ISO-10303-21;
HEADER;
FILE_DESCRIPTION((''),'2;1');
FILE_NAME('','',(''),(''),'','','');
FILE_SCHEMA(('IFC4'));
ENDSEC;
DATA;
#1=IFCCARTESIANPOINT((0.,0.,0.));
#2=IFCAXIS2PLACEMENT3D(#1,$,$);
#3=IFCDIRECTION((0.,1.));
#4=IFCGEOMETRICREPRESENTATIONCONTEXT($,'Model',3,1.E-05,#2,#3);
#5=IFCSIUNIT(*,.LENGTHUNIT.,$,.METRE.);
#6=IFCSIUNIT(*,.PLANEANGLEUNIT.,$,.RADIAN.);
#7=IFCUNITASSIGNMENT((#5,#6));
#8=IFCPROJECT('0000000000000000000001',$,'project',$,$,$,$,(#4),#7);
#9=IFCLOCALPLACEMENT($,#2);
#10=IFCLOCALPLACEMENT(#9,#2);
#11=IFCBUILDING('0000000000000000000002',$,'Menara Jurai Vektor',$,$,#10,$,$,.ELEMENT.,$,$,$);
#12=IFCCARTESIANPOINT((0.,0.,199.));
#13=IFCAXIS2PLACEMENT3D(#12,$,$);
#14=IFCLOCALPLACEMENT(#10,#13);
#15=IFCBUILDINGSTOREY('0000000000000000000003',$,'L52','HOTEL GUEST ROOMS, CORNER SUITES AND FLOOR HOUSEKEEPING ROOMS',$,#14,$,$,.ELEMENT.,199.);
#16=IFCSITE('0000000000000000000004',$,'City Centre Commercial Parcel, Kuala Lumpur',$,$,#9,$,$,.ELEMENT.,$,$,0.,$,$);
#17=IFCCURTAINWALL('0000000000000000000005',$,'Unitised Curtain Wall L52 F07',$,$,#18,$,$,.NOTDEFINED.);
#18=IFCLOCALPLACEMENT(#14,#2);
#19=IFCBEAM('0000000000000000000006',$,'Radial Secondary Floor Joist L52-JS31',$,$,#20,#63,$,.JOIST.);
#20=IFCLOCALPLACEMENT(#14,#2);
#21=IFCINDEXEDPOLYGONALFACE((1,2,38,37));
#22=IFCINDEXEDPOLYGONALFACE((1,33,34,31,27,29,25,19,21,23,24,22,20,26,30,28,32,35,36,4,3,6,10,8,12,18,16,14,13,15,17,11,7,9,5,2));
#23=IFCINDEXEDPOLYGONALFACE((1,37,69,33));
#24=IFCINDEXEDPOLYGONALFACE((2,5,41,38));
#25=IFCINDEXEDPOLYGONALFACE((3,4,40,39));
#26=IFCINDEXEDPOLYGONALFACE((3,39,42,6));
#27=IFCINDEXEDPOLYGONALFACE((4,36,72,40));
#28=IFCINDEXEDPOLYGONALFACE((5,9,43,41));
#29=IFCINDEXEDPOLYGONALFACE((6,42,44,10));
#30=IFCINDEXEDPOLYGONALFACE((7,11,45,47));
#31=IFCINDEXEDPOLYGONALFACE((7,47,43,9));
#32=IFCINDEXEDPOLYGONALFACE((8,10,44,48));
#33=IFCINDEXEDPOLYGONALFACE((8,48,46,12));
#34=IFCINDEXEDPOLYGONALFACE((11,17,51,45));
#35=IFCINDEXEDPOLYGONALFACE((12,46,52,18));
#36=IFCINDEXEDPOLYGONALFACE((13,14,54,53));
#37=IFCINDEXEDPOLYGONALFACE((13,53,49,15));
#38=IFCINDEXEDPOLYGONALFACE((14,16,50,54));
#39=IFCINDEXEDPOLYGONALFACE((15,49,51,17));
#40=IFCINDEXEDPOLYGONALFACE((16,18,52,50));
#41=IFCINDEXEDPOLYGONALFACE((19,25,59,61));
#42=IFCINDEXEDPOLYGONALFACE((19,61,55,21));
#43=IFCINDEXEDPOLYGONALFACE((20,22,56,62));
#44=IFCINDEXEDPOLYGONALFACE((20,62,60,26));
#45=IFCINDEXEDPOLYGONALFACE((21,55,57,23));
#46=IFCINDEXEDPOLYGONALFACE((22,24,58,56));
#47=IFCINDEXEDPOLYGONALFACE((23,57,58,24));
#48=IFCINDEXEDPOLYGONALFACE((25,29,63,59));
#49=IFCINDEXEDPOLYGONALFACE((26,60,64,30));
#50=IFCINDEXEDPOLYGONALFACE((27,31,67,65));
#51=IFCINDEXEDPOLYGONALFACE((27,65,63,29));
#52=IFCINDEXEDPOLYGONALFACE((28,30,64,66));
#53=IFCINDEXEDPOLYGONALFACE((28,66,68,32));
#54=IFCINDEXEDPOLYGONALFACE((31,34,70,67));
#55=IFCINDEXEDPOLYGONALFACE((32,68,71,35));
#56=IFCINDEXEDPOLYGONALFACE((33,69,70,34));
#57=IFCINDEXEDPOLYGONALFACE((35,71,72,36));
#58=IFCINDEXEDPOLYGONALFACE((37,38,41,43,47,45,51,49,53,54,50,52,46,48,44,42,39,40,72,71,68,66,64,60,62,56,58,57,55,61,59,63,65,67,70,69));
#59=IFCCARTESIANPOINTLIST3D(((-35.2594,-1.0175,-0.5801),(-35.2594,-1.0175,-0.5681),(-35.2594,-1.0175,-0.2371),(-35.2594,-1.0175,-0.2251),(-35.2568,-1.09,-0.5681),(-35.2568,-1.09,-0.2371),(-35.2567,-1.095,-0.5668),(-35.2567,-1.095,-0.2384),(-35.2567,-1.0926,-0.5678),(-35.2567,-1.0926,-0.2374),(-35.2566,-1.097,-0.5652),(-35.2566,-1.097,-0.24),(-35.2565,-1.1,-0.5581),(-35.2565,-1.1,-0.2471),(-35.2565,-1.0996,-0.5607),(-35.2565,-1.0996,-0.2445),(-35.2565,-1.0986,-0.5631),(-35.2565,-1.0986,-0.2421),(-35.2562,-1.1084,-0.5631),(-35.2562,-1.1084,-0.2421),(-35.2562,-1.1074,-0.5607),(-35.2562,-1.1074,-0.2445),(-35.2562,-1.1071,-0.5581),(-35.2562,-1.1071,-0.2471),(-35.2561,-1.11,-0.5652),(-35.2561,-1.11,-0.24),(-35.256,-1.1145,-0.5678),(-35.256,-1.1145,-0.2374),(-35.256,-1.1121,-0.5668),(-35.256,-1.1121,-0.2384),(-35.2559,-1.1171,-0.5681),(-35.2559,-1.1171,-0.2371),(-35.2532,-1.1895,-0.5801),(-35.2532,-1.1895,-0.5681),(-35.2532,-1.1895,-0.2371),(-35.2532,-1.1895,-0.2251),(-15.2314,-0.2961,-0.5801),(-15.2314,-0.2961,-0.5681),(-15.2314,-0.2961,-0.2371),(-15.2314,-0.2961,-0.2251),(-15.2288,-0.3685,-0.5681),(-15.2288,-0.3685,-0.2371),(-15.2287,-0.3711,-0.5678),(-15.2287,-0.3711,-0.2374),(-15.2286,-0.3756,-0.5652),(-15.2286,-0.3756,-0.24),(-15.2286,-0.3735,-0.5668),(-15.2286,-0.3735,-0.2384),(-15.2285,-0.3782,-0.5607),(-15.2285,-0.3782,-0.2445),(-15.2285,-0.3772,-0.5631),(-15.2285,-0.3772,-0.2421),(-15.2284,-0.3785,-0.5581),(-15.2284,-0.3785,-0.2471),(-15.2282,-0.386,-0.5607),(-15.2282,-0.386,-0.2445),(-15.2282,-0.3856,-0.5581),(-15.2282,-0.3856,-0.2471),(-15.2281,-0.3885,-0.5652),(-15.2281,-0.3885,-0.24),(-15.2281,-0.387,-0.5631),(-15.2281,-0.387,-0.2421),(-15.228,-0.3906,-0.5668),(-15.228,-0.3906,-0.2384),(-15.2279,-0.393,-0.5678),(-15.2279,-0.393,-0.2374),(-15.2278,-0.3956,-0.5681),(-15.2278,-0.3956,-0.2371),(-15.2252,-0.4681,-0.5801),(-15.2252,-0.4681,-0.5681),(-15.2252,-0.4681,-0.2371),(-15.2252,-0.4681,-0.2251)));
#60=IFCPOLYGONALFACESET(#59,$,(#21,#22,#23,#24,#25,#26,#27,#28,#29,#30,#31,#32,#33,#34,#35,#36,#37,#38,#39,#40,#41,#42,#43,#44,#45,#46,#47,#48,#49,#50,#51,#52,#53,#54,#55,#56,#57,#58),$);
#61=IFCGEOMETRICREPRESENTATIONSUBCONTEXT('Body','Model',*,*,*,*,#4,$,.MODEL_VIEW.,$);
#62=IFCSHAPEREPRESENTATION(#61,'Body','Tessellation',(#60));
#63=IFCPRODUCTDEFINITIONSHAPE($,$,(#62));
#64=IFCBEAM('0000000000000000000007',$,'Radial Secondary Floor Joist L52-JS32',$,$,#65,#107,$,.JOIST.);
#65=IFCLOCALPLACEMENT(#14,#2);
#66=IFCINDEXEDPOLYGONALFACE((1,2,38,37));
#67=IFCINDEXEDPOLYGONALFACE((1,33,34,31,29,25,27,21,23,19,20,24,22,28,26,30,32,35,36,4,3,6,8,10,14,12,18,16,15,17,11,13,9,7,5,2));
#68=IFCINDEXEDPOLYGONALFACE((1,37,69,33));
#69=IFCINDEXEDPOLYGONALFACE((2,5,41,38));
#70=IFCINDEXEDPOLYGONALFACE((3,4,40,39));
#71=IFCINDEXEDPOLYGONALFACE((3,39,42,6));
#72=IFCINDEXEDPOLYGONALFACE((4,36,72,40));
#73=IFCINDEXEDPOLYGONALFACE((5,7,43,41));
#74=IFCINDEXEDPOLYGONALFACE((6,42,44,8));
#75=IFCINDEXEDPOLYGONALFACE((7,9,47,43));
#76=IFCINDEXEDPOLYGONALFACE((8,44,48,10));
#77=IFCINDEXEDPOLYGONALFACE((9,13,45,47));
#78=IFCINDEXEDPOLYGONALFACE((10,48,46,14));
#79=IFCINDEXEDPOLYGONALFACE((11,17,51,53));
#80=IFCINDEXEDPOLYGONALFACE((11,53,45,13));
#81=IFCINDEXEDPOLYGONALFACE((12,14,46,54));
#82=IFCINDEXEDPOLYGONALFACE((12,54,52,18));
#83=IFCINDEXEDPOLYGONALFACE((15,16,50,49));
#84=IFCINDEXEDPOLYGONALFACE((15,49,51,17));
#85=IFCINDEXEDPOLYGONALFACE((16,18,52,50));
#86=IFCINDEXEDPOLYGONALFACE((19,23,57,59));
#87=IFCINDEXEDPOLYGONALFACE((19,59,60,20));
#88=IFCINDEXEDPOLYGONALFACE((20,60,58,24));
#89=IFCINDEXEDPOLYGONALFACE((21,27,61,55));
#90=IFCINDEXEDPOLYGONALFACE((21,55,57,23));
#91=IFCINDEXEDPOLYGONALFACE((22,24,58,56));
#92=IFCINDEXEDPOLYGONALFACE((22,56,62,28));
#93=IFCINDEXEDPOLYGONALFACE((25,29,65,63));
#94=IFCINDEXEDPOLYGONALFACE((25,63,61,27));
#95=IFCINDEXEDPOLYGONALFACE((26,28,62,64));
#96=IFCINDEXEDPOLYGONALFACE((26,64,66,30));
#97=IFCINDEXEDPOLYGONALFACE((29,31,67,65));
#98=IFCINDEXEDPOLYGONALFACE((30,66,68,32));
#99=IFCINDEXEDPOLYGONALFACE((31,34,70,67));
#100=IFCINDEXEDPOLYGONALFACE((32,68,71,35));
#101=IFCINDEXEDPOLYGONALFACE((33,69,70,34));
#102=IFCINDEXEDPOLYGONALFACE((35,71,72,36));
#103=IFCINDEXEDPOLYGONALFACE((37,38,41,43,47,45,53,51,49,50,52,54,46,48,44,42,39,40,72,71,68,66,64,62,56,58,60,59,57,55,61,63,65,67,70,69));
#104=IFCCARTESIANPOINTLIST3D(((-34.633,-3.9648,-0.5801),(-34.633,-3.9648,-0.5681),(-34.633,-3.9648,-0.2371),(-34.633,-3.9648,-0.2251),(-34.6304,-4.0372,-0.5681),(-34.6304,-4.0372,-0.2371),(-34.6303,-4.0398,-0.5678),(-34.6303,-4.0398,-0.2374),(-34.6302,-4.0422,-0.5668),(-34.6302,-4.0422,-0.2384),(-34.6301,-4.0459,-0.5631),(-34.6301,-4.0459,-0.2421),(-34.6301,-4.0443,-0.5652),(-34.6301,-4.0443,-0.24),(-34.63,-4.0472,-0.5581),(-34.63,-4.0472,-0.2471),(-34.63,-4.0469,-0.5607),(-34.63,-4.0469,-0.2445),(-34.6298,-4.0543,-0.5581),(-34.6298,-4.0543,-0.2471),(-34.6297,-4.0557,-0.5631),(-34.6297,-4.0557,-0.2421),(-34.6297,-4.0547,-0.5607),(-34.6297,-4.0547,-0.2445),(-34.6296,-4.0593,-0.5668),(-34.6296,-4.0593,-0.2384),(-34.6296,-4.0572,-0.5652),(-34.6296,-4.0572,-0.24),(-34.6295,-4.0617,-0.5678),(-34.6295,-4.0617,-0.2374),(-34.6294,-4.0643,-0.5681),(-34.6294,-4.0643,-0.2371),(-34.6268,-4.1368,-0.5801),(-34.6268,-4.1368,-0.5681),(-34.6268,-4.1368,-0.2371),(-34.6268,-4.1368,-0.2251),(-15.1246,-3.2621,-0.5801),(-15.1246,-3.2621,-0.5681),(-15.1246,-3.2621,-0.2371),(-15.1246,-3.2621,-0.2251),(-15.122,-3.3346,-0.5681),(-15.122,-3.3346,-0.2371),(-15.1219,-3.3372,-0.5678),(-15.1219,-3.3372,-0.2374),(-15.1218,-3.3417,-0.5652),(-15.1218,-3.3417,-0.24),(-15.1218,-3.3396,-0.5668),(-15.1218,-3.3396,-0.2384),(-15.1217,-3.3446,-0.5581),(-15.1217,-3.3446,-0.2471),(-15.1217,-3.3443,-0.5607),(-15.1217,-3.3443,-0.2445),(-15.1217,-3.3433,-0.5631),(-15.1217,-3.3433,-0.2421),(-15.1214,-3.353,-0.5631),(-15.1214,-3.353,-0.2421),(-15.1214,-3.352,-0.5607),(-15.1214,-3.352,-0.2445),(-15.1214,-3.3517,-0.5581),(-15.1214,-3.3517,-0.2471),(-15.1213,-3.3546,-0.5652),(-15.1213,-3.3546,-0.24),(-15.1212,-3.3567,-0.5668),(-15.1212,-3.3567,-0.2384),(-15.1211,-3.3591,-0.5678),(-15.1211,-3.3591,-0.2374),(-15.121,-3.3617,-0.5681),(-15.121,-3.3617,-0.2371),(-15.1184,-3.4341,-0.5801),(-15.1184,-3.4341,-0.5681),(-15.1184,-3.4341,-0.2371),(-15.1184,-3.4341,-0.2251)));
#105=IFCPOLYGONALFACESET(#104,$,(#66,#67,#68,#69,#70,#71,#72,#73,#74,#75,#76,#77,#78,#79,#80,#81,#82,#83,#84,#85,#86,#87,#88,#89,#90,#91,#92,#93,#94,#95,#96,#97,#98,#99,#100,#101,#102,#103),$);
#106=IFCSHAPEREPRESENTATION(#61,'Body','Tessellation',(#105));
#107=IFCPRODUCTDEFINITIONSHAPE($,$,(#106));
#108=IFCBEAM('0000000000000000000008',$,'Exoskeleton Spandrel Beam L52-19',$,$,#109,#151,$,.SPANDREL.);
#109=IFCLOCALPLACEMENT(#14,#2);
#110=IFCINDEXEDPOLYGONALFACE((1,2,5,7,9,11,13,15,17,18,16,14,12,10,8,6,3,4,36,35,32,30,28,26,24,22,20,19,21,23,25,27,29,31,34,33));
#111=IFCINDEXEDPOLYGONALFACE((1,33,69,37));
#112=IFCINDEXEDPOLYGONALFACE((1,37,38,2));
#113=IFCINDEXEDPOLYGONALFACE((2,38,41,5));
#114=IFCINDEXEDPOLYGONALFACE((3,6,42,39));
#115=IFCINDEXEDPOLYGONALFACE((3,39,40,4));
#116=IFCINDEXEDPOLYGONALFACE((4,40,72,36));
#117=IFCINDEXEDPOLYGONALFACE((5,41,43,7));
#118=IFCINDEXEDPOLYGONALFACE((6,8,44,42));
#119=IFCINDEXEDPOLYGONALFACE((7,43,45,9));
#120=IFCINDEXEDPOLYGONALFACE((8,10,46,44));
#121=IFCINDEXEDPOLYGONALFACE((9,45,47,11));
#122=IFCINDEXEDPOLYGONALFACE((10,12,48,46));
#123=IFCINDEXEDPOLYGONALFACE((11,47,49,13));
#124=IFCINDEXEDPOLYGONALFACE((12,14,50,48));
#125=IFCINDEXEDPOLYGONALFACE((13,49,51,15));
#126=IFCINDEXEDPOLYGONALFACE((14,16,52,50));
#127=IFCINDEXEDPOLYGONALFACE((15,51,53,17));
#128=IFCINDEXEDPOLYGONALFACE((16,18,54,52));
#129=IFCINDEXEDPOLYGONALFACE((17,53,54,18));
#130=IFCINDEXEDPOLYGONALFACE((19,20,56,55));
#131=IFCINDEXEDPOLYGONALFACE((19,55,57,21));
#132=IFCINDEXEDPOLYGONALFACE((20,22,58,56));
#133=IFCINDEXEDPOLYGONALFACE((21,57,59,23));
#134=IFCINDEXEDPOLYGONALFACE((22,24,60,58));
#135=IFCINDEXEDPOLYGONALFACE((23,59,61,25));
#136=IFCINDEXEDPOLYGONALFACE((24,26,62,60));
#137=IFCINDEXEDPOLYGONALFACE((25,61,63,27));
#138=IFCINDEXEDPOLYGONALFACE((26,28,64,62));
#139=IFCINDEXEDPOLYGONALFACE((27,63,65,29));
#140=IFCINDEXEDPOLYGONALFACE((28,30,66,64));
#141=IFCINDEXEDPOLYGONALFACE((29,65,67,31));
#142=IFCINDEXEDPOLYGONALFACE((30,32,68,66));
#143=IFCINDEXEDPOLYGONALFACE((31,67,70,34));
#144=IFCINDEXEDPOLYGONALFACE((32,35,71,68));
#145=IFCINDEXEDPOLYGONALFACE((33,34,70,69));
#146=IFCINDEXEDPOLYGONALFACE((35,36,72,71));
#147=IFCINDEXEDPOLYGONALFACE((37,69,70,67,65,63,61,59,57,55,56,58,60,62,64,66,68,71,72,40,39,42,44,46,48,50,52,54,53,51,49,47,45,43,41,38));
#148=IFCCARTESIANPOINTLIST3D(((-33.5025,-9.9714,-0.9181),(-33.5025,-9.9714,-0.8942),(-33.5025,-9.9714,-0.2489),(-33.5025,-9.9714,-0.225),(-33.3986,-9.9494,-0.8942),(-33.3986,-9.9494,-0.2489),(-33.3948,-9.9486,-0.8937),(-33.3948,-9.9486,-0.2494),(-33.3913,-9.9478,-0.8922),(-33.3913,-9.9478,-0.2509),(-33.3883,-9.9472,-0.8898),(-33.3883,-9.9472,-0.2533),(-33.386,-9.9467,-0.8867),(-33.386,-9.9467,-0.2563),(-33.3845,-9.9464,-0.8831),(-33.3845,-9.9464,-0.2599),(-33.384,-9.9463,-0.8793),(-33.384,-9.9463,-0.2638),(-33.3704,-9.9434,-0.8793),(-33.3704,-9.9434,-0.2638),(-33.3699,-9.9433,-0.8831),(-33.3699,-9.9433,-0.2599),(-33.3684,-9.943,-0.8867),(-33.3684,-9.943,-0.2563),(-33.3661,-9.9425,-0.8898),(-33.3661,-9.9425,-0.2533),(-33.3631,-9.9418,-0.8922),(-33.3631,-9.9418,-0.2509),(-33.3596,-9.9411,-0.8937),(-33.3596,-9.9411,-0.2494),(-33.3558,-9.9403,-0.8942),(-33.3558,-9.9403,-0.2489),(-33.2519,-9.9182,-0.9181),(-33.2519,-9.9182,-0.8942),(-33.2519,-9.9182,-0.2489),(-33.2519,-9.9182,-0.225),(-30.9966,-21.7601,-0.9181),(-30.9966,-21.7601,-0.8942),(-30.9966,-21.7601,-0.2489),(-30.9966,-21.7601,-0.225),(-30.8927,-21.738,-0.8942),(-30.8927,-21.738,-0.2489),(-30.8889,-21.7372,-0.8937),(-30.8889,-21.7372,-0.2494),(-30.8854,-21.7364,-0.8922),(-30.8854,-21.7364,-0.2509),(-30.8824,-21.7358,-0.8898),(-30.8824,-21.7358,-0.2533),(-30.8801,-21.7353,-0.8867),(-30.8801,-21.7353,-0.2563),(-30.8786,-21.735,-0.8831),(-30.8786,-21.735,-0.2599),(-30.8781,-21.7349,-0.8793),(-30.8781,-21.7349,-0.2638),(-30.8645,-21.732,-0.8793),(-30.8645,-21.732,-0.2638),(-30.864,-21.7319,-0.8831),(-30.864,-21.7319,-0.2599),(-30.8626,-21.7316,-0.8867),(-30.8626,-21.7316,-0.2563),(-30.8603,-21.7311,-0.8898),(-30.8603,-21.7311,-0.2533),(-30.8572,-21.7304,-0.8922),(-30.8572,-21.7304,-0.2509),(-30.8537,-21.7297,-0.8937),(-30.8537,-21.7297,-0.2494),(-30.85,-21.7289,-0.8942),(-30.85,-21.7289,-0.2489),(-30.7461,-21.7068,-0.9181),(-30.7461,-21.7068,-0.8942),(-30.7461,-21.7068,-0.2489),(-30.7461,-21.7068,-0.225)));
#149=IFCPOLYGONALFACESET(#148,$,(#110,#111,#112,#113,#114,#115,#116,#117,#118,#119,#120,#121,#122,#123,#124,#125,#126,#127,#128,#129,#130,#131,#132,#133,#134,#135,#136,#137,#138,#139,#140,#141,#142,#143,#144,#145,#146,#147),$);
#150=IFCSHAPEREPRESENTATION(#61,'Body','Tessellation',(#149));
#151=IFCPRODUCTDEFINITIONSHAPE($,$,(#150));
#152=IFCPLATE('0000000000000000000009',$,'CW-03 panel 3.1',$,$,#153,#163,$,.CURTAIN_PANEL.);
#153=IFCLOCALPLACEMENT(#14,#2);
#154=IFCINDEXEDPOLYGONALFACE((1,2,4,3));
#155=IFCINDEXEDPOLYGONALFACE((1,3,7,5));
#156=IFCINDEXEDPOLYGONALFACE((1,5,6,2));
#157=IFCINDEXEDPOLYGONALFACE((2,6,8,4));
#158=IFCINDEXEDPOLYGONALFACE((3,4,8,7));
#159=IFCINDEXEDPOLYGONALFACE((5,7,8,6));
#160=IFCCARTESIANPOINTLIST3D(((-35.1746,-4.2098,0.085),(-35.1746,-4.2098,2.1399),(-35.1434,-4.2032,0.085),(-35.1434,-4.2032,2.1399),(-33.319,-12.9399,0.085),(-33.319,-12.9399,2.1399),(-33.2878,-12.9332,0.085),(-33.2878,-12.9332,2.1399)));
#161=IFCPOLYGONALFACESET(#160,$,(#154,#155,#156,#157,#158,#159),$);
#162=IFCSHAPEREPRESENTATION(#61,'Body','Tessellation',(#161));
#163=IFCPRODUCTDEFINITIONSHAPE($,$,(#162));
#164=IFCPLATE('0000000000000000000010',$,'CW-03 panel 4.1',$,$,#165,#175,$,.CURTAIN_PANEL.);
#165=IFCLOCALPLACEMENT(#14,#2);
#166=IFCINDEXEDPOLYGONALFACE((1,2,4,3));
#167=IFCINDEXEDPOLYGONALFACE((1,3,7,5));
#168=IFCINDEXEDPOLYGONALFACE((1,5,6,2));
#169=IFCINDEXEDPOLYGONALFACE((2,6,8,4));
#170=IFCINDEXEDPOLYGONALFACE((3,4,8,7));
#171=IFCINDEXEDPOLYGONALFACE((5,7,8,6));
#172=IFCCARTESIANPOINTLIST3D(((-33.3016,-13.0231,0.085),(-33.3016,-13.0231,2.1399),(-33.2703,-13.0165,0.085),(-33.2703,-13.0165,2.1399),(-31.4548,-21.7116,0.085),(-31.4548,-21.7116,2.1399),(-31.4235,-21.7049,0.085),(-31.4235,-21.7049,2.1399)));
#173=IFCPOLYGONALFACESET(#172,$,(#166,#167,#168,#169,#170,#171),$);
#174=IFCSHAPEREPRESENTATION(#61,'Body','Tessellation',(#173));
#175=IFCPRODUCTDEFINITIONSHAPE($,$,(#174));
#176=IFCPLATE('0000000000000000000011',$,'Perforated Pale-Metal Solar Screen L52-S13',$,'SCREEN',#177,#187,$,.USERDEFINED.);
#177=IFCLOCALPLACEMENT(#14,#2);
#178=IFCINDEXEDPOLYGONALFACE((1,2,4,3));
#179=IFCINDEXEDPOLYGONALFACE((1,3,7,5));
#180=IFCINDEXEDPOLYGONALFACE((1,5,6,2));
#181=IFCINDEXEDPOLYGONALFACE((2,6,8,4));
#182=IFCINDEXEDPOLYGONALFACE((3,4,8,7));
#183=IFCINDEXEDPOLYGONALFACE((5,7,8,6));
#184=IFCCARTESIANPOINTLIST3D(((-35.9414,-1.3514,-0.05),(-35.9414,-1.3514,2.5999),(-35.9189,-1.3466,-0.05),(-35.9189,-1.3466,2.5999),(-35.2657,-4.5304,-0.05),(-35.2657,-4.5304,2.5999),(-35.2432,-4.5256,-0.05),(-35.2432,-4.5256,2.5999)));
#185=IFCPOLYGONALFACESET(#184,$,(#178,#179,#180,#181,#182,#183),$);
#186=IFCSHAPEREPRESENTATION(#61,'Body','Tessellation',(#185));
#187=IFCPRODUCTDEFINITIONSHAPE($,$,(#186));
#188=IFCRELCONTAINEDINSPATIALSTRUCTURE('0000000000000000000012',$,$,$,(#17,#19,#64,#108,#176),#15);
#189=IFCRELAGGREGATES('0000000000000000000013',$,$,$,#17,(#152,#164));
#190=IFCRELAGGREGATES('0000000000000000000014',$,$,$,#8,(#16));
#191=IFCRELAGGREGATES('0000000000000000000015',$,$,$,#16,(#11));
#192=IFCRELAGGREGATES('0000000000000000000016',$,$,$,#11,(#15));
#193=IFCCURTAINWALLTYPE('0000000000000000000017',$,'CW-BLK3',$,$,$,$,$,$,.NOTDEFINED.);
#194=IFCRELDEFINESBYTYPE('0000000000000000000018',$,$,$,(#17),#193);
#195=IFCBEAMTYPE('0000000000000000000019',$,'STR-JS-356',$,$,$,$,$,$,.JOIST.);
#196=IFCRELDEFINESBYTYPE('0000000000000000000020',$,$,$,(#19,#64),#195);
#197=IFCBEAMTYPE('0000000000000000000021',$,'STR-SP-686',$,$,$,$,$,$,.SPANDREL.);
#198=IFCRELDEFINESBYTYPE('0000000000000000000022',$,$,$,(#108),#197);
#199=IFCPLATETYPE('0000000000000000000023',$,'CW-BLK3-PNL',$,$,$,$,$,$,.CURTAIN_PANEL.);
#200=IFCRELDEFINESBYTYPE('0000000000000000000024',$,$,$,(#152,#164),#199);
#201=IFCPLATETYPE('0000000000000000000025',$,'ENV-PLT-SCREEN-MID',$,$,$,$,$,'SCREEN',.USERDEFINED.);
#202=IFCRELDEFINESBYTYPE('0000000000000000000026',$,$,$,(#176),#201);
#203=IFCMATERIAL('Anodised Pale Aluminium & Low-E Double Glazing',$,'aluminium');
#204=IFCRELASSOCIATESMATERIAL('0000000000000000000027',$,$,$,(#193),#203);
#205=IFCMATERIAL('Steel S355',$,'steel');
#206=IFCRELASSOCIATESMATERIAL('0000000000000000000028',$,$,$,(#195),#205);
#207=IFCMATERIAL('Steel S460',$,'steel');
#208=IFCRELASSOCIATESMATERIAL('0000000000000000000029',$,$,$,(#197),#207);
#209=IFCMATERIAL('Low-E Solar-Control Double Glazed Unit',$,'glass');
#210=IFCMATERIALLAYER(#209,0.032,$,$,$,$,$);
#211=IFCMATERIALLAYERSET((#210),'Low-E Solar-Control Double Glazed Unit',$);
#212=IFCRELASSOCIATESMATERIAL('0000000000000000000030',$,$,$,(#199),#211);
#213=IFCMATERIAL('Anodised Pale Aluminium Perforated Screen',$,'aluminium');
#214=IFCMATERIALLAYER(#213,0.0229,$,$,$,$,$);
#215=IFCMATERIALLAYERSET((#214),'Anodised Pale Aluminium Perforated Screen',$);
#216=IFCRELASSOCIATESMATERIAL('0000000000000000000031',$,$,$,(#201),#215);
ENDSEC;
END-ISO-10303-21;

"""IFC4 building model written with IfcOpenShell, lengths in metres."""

from ifc_helpers import new_model, si_unit, direction, frame, origin, origin_2d, place, context, subcontext, project, spatial, rectangle, i_section, extrude, material, layer, layer_set, material_profile, profile_set, type_object, element, aggregate, save


model = new_model("IFC4")

# Units and contexts
model_context = context("Model", 3, precision=1e-05, world=origin(), true_north=direction((0.0, 1.0)))
body_context = subcontext(model_context, "Body", "Model", "MODEL_VIEW")
ifc_project = project(units=[si_unit("LENGTHUNIT", "METRE"), si_unit("PLANEANGLEUNIT", "RADIAN")], contexts=[model_context])

# Site, building, storey
site_placement = place(None, origin())
site = spatial("IfcSite", under=ifc_project, at=site_placement, Name="City Centre Commercial Parcel, Kuala Lumpur", CompositionType="ELEMENT", RefElevation=0.0)
building_placement = place(site_placement, origin())
building = spatial("IfcBuilding", under=site, at=building_placement, Name="Menara Jurai Vektor", CompositionType="ELEMENT")
storey_placement = place(building_placement, frame((0.0, 0.0, 199.0)))
storey = spatial("IfcBuildingStorey", under=building, at=storey_placement, Name="L52", Description="HOTEL GUEST ROOMS, CORNER SUITES AND FLOOR HOUSEKEEPING ROOMS", CompositionType="ELEMENT", Elevation=199.0)

# Shared definitions
ifc_material_1 = material(Name="Steel S460", Category="steel")

# Curtain wall
ifc_material_2 = material(Name="Anodised Pale Aluminium & Low-E Double Glazing", Category="aluminium")
curtain_wall_type = type_object("IfcCurtainWallType", Name="CW-BLK3", PredefinedType="NOTDEFINED", material=ifc_material_2)
curtain_wall_placement = place(storey_placement, origin())
curtain_wall = element("IfcCurtainWall", 1, at=curtain_wall_placement, inside=storey, type_object=curtain_wall_type, Name="Unitised Curtain Wall L52 F07", PredefinedType="NOTDEFINED")

# Beams
ifc_material_3 = material(Name="Steel S355", Category="steel")
ifc_material_profile_1 = material_profile(ifc_material_3, i_section(OverallWidth=0.1721, OverallDepth=0.355, WebThickness=0.0071, FlangeThickness=0.012, FilletRadius=0.01, at=origin_2d()), Name="UKB 356x171x51")
ifc_profile_set_1 = profile_set([ifc_material_profile_1], Name="Steel S355")
beam_type_1 = type_object("IfcBeamType", Name="STR-JS-356", PredefinedType="JOIST", material=ifc_profile_set_1)
beam_1_placement = place(storey_placement, frame((-35.2563, -1.1035, -0.4026), z_axis=(0.999352, 0.035998, 0.0), x_axis=(-0.035998, 0.999352, 0.0)))
element("IfcBeam", 2, at=beam_1_placement, inside=storey, type_object=beam_type_1, Name="Radial Secondary Floor Joist L52-JS31", PredefinedType="JOIST", context=body_context, shape_type="SweptSolid", body=[
    extrude(i_section(OverallWidth=0.1721, OverallDepth=0.355, WebThickness=0.0071, FlangeThickness=0.012, FilletRadius=0.01, at=origin_2d()), origin(), (0.0, 0.0, 1.0), 20.041),
])
beam_2_placement = place(storey_placement, frame((-34.6299, -4.0508, -0.4026), z_axis=(0.999352, 0.035994, 0.0), x_axis=(-0.035994, 0.999352, 0.0)))
element("IfcBeam", 3, at=beam_2_placement, inside=storey, type_object=beam_type_1, Name="Radial Secondary Floor Joist L52-JS32", PredefinedType="JOIST", context=body_context, shape_type="SweptSolid", body=[
    extrude(i_section(OverallWidth=0.1721, OverallDepth=0.355, WebThickness=0.0071, FlangeThickness=0.012, FilletRadius=0.01, at=origin_2d()), origin(), (0.0, 0.0, 1.0), 19.521),
])
ifc_material_profile_2 = material_profile(ifc_material_1, i_section(OverallWidth=0.2561, OverallDepth=0.6931, WebThickness=0.0139, FlangeThickness=0.0239, FilletRadius=0.0149, at=origin_2d()), Name="UKB 686x254x170")
ifc_profile_set_2 = profile_set([ifc_material_profile_2], Name="Steel S460")
beam_type_2 = type_object("IfcBeamType", Name="STR-SP-686", PredefinedType="SPANDREL", material=ifc_profile_set_2)
beam_3_placement = place(storey_placement, frame((-33.3772, -9.9448, -0.5715), z_axis=(0.207921, -0.978146, 0.0), x_axis=(0.978146, 0.207921, 0.0)))
element("IfcBeam", 4, at=beam_3_placement, inside=storey, type_object=beam_type_2, Name="Exoskeleton Spandrel Beam L52-19", PredefinedType="SPANDREL", context=body_context, shape_type="SweptSolid", body=[
    extrude(i_section(OverallWidth=0.2561, OverallDepth=0.6931, WebThickness=0.0139, FlangeThickness=0.0239, FilletRadius=0.0149, at=origin_2d()), origin(), (0.0, 0.0, 1.0), 12.052),
])

# Plates
ifc_material_4 = material(Name="Low-E Solar-Control Double Glazed Unit", Category="glass")
ifc_layer_1 = layer(ifc_material_4, 0.032)
ifc_layer_set_1 = layer_set([ifc_layer_1], Name="Low-E Solar-Control Double Glazed Unit")
plate_type_1 = type_object("IfcPlateType", Name="CW-BLK3-PNL", PredefinedType="CURTAIN_PANEL", material=ifc_layer_set_1)
plate_1_placement = place(storey_placement, frame((-34.2312, -8.5715, 0.085), z_axis=(0.0, 0.0, 1.0), x_axis=(0.20791, -0.978148, 0.0)))
plate_1 = element("IfcPlate", 5, at=plate_1_placement, type_object=plate_type_1, Name="CW-03 panel 3.1", PredefinedType="CURTAIN_PANEL", context=body_context, shape_type="SweptSolid", body=[
    extrude(rectangle(XDim=8.925, YDim=0.032, at=origin_2d()), origin(), (0.0, 0.0, 1.0), 2.0549),
])
plate_2_placement = place(storey_placement, frame((-32.3625, -17.364, 0.085), z_axis=(0.0, 0.0, 1.0), x_axis=(0.20791, -0.978148, 0.0)))
plate_2 = element("IfcPlate", 6, at=plate_2_placement, type_object=plate_type_1, Name="CW-03 panel 4.1", PredefinedType="CURTAIN_PANEL", context=body_context, shape_type="SweptSolid", body=[
    extrude(rectangle(XDim=8.8826, YDim=0.032, at=origin_2d()), origin(), (0.0, 0.0, 1.0), 2.0549),
])
aggregate(curtain_wall, [plate_1, plate_2])

# Plate
ifc_material_5 = material(Name="Anodised Pale Aluminium Perforated Screen", Category="aluminium")
ifc_layer_2 = layer(ifc_material_5, 0.0229)
ifc_layer_set_2 = layer_set([ifc_layer_2], Name="Anodised Pale Aluminium Perforated Screen")
plate_type_2 = type_object("IfcPlateType", Name="ENV-PLT-SCREEN-MID", ElementType="SCREEN", PredefinedType="USERDEFINED", material=ifc_layer_set_2)
for number, where, z_axis, x_axis, name in (
    (7, (-35.5923, -2.9385, -0.05), (0.0, 0.0, 1.0), (0.207912, -0.978148, 0.0), "Perforated Pale-Metal Solar Screen L52-S13"),
):
    element("IfcPlate", number, at=place(storey_placement, frame(where, z_axis=z_axis, x_axis=x_axis)), inside=storey, type_object=plate_type_2, Name=name, ObjectType="SCREEN", PredefinedType="USERDEFINED", context=body_context, shape_type="SweptSolid", body=[
        extrude(rectangle(XDim=3.25, YDim=0.0229, at=origin_2d()), origin(), (0.0, 0.0, 1.0), 2.6499),
    ])

save(model, "model.ifc")
